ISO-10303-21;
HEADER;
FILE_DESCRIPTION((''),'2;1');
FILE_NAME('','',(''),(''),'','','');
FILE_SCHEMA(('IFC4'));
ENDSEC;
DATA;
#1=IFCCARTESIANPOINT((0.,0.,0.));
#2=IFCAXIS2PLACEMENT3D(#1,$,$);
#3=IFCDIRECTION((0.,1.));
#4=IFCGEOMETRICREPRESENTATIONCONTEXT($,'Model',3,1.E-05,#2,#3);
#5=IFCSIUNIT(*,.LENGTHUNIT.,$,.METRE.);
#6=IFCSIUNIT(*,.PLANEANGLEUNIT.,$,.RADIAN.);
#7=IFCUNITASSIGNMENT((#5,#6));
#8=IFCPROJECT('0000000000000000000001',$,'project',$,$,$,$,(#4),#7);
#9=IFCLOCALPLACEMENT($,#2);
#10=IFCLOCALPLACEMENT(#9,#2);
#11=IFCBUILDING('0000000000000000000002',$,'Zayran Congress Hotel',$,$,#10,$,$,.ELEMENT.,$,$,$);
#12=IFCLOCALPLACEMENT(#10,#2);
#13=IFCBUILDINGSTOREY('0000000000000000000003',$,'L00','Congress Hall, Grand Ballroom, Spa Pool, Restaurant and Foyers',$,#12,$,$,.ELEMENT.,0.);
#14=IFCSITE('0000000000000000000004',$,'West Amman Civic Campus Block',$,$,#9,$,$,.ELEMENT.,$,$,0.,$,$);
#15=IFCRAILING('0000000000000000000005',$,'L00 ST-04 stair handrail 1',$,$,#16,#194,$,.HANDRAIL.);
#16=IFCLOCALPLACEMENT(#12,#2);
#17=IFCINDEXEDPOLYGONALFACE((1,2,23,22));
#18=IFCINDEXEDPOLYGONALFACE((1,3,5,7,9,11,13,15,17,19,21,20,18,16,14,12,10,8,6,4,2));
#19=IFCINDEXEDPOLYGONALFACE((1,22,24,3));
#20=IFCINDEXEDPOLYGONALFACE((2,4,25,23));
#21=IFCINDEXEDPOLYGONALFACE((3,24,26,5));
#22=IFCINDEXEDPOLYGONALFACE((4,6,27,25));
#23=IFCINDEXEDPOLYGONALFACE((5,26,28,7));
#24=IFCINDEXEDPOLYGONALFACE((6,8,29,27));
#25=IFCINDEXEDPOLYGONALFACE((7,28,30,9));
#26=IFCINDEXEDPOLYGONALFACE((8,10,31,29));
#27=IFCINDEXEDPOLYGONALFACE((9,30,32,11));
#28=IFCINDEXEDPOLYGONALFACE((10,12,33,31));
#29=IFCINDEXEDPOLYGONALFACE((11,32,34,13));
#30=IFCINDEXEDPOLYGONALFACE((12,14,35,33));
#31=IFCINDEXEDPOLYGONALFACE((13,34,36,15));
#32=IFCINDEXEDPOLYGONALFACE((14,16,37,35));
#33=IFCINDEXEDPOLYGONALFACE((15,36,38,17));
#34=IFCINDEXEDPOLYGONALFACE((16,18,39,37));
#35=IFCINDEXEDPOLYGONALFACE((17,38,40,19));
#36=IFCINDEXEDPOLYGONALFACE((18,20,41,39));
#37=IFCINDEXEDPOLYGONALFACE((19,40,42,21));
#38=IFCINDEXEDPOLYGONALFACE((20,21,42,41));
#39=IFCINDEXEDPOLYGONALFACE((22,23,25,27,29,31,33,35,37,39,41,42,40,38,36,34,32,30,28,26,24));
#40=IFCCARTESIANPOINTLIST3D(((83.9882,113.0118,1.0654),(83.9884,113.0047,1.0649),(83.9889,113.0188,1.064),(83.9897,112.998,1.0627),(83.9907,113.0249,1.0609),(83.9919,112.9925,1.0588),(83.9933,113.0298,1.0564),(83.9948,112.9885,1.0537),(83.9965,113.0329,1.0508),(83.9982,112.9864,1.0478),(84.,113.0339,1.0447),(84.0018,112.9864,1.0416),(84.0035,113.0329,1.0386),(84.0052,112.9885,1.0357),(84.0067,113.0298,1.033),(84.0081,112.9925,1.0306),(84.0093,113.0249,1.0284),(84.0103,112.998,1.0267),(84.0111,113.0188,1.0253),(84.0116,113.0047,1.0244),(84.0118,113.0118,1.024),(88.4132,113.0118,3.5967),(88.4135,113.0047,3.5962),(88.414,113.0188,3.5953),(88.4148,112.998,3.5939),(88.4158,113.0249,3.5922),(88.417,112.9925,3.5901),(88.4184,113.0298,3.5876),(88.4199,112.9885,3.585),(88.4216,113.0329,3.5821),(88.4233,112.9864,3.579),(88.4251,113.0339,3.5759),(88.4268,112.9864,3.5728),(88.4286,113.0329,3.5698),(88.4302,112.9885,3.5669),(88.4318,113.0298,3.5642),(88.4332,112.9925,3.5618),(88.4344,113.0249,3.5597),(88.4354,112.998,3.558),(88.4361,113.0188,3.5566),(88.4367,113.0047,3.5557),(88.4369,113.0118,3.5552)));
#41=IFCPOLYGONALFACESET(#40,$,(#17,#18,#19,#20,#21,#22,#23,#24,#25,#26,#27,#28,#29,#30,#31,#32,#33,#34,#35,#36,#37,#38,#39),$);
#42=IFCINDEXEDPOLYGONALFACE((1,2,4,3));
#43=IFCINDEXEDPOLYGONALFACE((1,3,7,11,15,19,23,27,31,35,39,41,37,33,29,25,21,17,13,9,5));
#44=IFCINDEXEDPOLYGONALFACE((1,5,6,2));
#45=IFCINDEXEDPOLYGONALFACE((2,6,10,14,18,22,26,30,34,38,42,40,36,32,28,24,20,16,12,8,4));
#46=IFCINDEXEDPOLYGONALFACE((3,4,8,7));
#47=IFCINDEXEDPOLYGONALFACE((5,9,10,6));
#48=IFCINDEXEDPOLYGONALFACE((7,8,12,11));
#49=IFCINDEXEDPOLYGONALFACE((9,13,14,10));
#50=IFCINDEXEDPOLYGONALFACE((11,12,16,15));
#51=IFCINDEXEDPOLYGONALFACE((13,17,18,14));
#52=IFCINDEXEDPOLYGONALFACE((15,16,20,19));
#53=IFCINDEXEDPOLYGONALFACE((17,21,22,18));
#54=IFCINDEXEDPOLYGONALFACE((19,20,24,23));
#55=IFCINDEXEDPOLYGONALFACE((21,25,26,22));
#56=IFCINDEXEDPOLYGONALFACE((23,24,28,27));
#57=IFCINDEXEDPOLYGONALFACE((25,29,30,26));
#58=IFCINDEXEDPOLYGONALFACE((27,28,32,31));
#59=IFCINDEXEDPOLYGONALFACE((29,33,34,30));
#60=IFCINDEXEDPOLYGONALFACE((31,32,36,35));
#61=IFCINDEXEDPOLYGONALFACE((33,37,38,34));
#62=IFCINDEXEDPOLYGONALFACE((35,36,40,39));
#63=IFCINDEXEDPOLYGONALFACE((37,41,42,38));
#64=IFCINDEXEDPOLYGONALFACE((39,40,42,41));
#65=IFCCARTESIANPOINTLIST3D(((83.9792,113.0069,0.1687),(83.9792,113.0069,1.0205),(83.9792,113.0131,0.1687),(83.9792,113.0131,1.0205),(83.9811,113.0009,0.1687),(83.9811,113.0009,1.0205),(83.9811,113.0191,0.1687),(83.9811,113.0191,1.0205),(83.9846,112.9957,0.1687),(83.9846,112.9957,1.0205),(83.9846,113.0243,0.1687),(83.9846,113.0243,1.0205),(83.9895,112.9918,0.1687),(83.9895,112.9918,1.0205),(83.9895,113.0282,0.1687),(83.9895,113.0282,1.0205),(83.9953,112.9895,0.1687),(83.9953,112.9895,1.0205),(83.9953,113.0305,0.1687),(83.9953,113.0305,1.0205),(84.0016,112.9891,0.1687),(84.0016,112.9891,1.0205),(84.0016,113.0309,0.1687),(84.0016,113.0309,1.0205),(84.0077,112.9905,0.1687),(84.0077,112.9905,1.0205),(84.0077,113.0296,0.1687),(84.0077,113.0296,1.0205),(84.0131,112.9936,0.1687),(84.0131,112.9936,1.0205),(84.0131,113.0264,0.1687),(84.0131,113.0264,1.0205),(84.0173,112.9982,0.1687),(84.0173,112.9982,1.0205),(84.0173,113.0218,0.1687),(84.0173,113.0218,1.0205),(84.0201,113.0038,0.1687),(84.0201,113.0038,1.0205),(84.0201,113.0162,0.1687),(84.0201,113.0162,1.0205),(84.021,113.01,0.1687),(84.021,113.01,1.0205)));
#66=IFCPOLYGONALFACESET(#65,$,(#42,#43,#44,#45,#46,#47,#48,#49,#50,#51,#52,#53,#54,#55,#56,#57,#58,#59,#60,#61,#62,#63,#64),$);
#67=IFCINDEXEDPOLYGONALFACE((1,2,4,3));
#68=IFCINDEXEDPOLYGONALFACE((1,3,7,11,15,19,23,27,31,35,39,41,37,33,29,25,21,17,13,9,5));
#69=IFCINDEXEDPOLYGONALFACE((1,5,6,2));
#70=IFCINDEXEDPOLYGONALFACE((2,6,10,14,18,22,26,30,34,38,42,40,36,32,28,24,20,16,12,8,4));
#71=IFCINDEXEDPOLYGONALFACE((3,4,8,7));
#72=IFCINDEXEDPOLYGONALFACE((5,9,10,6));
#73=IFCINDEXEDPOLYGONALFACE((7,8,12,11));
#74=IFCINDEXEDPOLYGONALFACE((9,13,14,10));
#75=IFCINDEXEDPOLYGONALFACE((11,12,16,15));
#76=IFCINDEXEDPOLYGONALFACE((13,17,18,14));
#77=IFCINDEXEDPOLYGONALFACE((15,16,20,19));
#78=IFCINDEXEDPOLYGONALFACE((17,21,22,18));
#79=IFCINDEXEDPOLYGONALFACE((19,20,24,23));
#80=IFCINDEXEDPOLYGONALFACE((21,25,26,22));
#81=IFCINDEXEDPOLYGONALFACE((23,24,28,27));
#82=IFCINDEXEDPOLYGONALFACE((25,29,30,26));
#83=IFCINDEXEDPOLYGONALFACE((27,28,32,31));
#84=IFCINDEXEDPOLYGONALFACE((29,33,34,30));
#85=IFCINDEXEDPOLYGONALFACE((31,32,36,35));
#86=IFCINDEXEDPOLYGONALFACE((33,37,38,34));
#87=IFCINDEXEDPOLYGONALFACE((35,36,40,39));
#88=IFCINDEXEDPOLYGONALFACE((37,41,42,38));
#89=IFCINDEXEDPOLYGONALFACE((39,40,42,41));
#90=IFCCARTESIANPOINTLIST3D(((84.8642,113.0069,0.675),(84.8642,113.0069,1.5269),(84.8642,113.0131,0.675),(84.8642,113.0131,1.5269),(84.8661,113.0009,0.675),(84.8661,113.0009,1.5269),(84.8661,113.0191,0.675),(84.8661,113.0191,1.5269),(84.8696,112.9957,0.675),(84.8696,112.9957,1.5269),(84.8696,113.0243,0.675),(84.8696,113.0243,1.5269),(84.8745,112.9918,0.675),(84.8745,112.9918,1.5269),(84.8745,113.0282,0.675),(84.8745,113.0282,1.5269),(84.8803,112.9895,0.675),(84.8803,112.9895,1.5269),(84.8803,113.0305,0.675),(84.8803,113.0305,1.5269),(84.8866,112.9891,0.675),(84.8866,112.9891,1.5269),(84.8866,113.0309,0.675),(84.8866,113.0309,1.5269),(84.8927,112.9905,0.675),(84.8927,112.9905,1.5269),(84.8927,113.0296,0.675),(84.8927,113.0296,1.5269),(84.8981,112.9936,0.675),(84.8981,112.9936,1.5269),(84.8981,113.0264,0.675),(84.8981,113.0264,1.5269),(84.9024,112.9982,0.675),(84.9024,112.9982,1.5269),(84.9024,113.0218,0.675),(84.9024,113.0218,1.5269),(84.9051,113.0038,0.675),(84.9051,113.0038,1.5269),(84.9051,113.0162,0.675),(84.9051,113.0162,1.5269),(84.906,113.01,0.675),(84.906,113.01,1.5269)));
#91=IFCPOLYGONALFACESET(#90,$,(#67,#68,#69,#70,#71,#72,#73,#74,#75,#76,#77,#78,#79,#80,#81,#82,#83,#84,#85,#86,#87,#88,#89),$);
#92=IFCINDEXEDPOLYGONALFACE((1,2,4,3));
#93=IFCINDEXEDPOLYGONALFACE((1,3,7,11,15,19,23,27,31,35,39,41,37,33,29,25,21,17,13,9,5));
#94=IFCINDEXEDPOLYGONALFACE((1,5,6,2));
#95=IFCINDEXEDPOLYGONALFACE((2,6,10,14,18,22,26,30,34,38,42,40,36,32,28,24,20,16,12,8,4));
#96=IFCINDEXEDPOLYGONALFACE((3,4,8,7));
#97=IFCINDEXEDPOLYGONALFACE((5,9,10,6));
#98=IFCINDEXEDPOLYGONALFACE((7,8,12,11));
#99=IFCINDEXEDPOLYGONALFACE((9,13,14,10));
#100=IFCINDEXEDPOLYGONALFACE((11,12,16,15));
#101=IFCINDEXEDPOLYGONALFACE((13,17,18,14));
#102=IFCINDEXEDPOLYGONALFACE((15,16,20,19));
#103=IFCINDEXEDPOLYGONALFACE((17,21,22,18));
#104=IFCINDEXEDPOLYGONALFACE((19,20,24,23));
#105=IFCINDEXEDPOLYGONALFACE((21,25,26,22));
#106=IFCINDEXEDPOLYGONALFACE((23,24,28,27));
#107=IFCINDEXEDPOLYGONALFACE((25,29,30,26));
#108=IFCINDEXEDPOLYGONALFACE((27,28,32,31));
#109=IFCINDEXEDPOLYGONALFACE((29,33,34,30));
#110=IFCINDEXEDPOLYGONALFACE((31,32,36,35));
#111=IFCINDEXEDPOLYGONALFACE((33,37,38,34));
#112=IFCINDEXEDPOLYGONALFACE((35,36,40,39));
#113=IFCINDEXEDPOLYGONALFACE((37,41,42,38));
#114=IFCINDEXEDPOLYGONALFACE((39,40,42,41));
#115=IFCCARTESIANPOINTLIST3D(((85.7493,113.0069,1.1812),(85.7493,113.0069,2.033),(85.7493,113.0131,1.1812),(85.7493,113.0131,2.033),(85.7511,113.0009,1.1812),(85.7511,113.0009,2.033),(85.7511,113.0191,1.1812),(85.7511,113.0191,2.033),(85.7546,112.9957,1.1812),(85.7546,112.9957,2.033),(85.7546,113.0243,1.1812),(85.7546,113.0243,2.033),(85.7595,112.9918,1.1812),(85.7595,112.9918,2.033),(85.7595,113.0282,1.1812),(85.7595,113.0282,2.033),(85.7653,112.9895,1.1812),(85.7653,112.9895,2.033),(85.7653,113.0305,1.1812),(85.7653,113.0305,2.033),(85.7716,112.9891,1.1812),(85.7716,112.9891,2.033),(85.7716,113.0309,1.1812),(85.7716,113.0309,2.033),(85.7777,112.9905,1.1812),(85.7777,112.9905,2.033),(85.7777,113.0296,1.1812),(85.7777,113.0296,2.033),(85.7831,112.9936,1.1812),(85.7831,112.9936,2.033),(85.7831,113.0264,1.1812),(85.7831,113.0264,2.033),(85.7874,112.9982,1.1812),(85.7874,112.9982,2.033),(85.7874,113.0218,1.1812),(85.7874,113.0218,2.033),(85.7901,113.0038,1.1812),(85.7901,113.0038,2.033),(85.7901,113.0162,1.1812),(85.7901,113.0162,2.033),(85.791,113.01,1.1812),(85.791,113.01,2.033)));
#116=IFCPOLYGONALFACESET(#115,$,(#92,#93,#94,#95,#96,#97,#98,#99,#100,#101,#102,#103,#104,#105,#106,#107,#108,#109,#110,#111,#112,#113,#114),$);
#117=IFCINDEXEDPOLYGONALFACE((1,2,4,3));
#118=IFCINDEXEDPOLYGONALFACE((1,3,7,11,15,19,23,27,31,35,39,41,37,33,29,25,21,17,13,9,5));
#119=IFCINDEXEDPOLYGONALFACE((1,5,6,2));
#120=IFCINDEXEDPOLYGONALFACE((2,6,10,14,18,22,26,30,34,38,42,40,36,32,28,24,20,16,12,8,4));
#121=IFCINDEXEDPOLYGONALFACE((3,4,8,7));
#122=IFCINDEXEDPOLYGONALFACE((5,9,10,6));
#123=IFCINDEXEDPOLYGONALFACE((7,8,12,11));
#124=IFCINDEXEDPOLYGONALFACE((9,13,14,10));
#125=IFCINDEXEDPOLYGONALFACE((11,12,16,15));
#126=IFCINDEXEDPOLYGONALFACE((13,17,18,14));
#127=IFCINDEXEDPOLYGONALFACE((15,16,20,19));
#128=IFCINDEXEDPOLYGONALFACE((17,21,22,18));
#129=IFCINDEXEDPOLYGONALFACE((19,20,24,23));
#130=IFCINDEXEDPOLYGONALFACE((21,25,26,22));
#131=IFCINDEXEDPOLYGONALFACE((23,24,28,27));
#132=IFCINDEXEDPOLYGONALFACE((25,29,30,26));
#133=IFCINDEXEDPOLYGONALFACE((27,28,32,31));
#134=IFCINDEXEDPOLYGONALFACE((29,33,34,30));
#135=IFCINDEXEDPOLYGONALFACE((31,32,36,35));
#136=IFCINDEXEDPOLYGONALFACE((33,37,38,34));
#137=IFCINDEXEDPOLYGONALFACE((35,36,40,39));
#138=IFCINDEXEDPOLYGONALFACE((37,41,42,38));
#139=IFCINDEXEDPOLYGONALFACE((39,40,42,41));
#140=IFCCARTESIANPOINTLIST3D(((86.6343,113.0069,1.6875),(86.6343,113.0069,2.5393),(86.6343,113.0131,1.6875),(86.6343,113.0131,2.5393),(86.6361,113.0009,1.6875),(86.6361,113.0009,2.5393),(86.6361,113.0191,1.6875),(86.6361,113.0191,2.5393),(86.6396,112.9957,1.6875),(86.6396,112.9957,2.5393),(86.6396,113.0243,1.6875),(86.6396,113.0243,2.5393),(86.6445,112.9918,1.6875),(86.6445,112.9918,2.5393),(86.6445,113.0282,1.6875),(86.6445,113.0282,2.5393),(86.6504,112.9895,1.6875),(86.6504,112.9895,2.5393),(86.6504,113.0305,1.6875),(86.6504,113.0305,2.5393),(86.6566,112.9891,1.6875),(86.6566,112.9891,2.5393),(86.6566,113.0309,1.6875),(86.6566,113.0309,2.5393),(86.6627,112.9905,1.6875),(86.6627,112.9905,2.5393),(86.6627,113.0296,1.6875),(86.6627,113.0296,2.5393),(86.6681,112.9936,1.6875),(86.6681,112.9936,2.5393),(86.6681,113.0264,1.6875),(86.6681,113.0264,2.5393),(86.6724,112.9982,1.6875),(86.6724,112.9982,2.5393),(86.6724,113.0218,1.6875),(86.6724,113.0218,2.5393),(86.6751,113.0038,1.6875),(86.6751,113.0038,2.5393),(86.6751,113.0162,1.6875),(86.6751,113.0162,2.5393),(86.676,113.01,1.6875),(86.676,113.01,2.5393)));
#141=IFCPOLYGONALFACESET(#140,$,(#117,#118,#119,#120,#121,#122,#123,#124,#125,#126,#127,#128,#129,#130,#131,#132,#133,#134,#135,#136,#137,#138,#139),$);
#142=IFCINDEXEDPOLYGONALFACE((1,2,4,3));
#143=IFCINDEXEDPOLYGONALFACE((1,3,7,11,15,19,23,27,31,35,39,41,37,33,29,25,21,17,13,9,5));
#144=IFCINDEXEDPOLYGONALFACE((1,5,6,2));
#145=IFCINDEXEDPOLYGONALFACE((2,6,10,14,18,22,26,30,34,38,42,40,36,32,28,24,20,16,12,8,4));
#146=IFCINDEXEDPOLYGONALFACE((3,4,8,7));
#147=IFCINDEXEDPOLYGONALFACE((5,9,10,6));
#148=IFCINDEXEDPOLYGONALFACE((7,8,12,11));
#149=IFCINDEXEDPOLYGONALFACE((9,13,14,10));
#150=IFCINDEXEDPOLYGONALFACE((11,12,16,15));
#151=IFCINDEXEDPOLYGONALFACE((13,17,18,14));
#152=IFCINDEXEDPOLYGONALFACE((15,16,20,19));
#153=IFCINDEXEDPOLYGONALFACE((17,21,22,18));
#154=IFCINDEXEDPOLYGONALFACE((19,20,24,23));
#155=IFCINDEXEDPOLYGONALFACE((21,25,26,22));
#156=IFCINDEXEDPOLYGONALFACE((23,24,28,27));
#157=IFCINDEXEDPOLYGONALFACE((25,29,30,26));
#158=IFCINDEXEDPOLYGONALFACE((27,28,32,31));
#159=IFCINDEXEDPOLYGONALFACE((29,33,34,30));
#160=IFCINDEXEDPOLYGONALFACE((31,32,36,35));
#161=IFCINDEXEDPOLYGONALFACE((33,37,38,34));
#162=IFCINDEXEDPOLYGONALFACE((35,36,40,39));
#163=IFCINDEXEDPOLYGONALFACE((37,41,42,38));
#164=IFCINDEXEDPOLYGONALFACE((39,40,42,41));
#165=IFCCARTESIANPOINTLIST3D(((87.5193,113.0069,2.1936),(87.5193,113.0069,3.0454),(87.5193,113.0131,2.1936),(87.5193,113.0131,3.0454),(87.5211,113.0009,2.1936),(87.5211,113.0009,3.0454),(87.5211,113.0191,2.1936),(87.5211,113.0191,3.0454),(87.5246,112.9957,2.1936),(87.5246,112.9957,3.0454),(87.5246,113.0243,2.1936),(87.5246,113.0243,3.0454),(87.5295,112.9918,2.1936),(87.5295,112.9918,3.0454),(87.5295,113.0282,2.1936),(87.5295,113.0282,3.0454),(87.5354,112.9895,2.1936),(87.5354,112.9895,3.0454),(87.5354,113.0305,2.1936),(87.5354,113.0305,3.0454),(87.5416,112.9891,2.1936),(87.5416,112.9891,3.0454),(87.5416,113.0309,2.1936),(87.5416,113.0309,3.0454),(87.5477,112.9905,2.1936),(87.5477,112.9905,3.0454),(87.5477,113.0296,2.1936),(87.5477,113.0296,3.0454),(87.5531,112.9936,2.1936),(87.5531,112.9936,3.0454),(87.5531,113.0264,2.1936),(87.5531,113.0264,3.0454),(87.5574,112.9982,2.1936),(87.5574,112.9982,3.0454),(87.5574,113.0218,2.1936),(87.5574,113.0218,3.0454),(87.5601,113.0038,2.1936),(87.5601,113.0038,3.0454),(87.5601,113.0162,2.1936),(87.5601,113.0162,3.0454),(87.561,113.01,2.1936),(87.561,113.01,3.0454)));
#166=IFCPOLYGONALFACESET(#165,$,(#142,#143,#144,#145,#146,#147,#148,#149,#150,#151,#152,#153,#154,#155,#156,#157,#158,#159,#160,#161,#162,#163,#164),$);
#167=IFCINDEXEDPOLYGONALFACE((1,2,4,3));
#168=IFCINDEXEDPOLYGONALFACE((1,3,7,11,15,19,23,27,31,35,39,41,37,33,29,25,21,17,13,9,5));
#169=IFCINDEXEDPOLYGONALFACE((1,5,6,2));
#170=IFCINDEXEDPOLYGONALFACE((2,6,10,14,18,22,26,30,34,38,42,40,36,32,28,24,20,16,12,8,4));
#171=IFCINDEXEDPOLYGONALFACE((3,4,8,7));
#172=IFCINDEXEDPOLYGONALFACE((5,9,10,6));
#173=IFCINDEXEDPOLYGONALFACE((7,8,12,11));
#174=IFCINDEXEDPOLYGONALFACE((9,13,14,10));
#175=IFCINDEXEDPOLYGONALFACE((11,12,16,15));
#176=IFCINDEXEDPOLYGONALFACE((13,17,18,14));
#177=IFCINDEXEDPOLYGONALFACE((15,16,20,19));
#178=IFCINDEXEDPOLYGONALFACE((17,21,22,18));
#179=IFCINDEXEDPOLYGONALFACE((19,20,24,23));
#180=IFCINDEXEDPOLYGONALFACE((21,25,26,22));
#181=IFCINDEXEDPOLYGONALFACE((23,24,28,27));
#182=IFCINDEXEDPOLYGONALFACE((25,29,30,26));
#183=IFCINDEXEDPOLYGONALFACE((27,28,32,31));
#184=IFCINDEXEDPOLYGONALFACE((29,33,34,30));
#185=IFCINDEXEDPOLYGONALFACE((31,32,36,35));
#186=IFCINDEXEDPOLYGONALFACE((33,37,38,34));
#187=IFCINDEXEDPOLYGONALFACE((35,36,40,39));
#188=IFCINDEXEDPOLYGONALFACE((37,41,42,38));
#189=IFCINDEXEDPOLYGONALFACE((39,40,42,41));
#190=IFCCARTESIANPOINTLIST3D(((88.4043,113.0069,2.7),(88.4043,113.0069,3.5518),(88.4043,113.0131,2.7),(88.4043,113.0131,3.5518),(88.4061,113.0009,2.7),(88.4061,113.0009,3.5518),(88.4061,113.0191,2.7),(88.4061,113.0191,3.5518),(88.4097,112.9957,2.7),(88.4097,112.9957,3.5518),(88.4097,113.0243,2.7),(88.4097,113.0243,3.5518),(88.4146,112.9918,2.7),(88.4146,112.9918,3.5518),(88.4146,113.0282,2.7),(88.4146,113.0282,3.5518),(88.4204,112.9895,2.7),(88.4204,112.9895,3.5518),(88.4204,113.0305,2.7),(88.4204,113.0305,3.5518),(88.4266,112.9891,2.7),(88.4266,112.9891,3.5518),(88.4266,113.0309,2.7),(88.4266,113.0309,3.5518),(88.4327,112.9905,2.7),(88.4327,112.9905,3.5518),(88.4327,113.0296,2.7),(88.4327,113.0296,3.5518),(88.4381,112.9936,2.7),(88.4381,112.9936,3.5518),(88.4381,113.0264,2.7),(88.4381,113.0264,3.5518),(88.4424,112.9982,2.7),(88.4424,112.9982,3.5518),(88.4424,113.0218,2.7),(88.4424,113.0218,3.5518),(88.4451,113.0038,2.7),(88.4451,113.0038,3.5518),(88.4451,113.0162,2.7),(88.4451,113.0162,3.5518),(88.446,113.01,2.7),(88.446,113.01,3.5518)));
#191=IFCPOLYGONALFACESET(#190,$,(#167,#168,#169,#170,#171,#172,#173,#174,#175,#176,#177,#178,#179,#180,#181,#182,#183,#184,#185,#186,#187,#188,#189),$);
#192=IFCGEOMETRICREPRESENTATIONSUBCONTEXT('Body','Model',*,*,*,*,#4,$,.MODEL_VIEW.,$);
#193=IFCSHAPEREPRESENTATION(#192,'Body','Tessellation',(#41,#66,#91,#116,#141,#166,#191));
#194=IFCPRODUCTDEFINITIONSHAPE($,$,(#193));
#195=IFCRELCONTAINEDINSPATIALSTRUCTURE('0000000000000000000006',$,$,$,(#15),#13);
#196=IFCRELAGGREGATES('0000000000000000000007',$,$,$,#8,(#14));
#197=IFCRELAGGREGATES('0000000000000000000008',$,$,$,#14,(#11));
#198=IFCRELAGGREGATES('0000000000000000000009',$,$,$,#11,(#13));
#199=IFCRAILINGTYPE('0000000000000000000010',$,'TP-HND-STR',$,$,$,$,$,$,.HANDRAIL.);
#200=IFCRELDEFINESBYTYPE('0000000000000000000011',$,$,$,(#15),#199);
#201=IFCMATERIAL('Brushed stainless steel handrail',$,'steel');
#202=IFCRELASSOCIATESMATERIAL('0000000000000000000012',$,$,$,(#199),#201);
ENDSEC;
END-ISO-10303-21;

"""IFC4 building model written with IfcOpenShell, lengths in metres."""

from ifc_helpers import new_model, si_unit, direction, frame, origin, origin_2d, place, context, subcontext, project, spatial, circle, extrude, material, type_object, element, save


model = new_model("IFC4")

# Units and contexts
model_context = context("Model", 3, precision=1e-05, world=origin(), true_north=direction((0.0, 1.0)))
body_context = subcontext(model_context, "Body", "Model", "MODEL_VIEW")
ifc_project = project(units=[si_unit("LENGTHUNIT", "METRE"), si_unit("PLANEANGLEUNIT", "RADIAN")], contexts=[model_context])

# Site, building, storey
site_placement = place(None, origin())
site = spatial("IfcSite", under=ifc_project, at=site_placement, Name="West Amman Civic Campus Block", CompositionType="ELEMENT", RefElevation=0.0)
building_placement = place(site_placement, origin())
building = spatial("IfcBuilding", under=site, at=building_placement, Name="Zayran Congress Hotel", CompositionType="ELEMENT")
storey_placement = place(building_placement, origin())
storey = spatial("IfcBuildingStorey", under=building, at=storey_placement, Name="L00", Description="Congress Hall, Grand Ballroom, Spa Pool, Restaurant and Foyers", CompositionType="ELEMENT", Elevation=0.0)

# Railing
ifc_material_1 = material(Name="Brushed stainless steel handrail", Category="steel")
railing_type_1 = type_object("IfcRailingType", Name="TP-HND-STR", PredefinedType="HANDRAIL", material=ifc_material_1)
railing_1_placement = place(storey_placement, frame((84.0, 113.01, 0.1687)))
element("IfcRailing", 1, at=railing_1_placement, inside=storey, type_object=railing_type_1, Name="L00 ST-04 stair handrail 1", PredefinedType="HANDRAIL", context=body_context, shape_type="SweptSolid", body=[
    extrude(circle(Radius=0.0239, at=origin_2d()), frame((0.0, 0.0, 0.876), z_axis=(0.868019, 0.0, 0.496531), x_axis=(0.0, 1.0, 0.0)), (0.0, 0.0, 1.0), 5.0979),
    extrude(circle(Radius=0.021, at=origin_2d()), origin(), (0.0, 0.0, 1.0), 0.8518),
    extrude(circle(Radius=0.021, at=origin_2d()), frame((0.885, 0.0, 0.5063)), (0.0, 0.0, 1.0), 0.8518),
    extrude(circle(Radius=0.021, at=origin_2d()), frame((1.77, 0.0, 1.0125)), (0.0, 0.0, 1.0), 0.8518),
    extrude(circle(Radius=0.021, at=origin_2d()), frame((2.655, 0.0, 1.5188)), (0.0, 0.0, 1.0), 0.8518),
    extrude(circle(Radius=0.021, at=origin_2d()), frame((3.54, 0.0, 2.0249)), (0.0, 0.0, 1.0), 0.8518),
    extrude(circle(Radius=0.021, at=origin_2d()), frame((4.425, 0.0, 2.5312)), (0.0, 0.0, 1.0), 0.8518),
])

save(model, "model.ifc")
